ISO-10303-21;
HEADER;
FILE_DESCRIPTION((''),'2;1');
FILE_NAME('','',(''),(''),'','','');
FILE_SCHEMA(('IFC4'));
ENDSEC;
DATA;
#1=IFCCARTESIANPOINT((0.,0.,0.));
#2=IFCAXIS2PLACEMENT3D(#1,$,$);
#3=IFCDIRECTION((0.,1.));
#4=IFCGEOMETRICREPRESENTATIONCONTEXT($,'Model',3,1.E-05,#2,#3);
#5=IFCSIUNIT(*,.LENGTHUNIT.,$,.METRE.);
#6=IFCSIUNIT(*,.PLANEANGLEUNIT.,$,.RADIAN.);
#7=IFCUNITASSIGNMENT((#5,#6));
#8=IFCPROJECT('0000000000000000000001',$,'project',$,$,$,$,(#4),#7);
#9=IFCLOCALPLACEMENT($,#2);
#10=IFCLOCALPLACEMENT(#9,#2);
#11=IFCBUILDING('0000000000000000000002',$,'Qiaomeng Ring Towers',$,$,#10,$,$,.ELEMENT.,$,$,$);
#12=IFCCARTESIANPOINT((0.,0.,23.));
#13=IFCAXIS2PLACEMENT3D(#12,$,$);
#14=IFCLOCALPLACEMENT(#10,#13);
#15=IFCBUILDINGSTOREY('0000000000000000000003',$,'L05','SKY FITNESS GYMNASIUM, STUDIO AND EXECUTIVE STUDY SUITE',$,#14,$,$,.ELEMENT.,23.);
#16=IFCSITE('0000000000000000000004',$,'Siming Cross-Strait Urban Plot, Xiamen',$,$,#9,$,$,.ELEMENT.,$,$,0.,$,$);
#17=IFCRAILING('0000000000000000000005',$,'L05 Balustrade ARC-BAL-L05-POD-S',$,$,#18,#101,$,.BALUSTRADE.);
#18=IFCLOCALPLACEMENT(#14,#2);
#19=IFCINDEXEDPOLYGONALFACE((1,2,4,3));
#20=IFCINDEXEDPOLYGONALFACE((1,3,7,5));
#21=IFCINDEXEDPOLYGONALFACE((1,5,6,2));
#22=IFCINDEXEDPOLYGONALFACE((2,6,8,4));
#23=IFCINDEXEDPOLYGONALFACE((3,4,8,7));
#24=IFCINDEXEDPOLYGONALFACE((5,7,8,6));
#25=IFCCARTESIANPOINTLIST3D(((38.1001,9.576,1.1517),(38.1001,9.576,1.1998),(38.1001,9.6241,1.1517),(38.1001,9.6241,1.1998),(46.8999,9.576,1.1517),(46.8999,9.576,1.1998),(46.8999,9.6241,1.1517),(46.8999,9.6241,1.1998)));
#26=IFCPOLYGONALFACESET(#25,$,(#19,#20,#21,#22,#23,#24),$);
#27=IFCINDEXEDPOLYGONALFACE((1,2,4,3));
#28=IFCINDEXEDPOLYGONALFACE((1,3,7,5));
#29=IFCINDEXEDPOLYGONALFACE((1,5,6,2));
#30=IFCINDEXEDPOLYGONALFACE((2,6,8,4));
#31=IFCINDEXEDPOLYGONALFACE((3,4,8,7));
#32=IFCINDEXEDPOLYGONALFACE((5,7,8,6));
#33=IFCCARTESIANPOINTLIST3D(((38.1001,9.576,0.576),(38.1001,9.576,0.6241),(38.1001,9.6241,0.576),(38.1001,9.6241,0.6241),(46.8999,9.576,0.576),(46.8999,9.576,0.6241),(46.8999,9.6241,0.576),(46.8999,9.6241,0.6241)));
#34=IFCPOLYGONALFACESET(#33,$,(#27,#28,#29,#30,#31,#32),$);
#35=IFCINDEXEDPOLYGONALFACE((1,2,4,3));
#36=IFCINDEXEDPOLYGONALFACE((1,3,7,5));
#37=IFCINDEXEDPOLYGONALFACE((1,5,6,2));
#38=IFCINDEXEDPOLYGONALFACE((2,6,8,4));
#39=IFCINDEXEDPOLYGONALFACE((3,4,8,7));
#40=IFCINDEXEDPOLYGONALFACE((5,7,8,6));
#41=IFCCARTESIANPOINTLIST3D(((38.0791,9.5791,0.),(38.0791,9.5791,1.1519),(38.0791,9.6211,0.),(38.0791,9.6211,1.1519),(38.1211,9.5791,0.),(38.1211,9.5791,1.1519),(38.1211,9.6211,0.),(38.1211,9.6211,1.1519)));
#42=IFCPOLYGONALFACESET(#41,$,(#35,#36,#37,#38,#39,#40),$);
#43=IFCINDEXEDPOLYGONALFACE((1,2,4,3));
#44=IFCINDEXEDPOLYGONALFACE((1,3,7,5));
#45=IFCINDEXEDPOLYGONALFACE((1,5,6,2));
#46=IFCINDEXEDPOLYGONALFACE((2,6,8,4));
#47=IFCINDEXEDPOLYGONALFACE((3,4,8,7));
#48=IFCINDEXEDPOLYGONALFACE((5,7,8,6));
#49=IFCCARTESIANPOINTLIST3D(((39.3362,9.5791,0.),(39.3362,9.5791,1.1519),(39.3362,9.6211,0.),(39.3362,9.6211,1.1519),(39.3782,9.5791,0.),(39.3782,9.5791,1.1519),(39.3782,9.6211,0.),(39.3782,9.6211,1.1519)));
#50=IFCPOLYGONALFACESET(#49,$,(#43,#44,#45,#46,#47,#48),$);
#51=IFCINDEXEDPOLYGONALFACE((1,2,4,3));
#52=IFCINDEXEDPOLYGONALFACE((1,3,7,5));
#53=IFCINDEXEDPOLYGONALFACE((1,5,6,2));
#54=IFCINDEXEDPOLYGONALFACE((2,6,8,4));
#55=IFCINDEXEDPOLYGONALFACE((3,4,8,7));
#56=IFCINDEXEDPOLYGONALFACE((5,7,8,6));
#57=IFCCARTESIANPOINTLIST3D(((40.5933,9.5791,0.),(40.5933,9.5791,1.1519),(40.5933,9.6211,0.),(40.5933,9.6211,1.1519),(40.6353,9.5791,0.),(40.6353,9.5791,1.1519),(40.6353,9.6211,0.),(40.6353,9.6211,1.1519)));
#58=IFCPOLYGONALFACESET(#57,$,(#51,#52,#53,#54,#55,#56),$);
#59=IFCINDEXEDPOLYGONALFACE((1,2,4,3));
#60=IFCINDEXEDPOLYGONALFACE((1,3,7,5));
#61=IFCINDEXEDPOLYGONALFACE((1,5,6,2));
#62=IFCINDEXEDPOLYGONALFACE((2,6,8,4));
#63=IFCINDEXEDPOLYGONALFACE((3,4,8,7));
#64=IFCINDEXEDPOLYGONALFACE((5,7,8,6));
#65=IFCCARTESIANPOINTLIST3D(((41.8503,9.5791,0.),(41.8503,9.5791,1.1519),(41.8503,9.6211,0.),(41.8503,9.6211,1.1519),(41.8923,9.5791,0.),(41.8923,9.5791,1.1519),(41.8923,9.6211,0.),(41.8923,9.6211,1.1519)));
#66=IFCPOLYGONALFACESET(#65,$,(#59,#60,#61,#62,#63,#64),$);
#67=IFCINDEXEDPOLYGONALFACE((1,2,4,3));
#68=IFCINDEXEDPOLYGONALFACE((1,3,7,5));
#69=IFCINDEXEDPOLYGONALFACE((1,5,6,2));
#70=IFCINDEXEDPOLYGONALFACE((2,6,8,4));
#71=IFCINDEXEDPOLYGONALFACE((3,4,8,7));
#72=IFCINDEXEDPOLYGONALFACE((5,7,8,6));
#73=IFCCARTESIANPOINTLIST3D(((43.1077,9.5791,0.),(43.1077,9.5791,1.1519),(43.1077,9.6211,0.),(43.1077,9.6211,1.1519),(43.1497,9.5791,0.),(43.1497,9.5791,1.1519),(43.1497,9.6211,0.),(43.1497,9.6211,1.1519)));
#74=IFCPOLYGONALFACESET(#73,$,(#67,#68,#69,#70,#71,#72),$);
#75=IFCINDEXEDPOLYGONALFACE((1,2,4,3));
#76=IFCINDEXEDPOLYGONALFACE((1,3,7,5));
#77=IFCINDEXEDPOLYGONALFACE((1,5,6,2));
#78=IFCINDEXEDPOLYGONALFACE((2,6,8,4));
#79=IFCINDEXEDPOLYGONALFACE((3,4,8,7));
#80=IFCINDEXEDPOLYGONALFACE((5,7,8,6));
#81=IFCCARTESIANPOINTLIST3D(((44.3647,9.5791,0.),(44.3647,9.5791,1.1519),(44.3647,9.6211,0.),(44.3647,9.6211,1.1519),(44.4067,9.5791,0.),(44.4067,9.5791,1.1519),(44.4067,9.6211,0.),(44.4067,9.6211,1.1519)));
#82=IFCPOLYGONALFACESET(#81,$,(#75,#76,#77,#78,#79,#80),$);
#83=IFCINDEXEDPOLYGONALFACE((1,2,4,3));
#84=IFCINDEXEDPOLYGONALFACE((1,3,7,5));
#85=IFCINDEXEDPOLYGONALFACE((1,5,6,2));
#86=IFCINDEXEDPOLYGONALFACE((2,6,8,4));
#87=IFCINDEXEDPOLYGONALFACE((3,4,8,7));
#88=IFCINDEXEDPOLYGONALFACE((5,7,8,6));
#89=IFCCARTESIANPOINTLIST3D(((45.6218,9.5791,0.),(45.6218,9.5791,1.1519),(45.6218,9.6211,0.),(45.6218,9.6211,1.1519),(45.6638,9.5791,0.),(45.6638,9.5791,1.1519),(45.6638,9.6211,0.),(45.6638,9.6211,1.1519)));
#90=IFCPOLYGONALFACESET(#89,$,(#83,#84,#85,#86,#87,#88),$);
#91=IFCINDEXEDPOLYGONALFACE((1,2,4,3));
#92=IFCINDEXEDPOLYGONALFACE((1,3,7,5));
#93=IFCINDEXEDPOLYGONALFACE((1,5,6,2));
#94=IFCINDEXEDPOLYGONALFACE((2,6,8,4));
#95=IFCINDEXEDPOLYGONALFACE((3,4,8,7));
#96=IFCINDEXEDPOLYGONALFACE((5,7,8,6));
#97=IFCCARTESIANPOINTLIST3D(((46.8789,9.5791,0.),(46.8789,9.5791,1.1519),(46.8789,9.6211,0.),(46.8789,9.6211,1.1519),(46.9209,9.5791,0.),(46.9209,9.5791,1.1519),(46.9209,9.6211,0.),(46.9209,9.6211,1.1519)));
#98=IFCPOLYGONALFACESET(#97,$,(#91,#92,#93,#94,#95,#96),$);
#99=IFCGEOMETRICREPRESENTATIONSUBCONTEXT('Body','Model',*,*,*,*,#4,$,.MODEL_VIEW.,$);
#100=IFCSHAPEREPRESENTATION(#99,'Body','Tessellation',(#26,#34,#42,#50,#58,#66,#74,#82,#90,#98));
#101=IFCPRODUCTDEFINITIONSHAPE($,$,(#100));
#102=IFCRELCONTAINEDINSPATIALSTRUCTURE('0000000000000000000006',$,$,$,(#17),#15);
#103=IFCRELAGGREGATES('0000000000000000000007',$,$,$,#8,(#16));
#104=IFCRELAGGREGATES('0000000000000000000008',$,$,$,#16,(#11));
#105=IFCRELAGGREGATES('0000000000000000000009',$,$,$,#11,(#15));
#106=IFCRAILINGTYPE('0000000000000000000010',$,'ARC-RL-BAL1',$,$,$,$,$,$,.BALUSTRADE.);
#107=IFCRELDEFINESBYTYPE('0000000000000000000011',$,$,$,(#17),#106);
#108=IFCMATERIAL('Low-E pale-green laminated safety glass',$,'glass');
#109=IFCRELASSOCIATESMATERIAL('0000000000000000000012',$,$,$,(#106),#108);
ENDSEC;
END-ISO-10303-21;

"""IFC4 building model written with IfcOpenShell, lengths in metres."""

from ifc_helpers import new_model, si_unit, direction, frame, origin, origin_2d, place, context, subcontext, project, spatial, rectangle, extrude, material, type_object, element, save


model = new_model("IFC4")

# Units and contexts
model_context = context("Model", 3, precision=1e-05, world=origin(), true_north=direction((0.0, 1.0)))
body_context = subcontext(model_context, "Body", "Model", "MODEL_VIEW")
ifc_project = project(units=[si_unit("LENGTHUNIT", "METRE"), si_unit("PLANEANGLEUNIT", "RADIAN")], contexts=[model_context])

# Site, building, storey
site_placement = place(None, origin())
site = spatial("IfcSite", under=ifc_project, at=site_placement, Name="Siming Cross-Strait Urban Plot, Xiamen", CompositionType="ELEMENT", RefElevation=0.0)
building_placement = place(site_placement, origin())
building = spatial("IfcBuilding", under=site, at=building_placement, Name="Qiaomeng Ring Towers", CompositionType="ELEMENT")
storey_placement = place(building_placement, frame((0.0, 0.0, 23.0)))
storey = spatial("IfcBuildingStorey", under=building, at=storey_placement, Name="L05", Description="SKY FITNESS GYMNASIUM, STUDIO AND EXECUTIVE STUDY SUITE", CompositionType="ELEMENT", Elevation=23.0)

# Shared definitions
ifc_material_1 = material(Name="Low-E pale-green laminated safety glass", Category="glass")

# Railing
railing_type = type_object("IfcRailingType", Name="ARC-RL-BAL1", PredefinedType="BALUSTRADE", material=ifc_material_1)
railing_1_placement = place(storey_placement, frame((38.1001, 9.6001, 0.0)))
element("IfcRailing", 1, at=railing_1_placement, inside=storey, type_object=railing_type, Name="L05 Balustrade ARC-BAL-L05-POD-S", PredefinedType="BALUSTRADE", context=body_context, shape_type="SweptSolid", body=[
    extrude(rectangle(XDim=0.0481, YDim=0.0481, at=origin_2d()), frame((0.0, 0.0, 1.1758), z_axis=(1.0, 0.0, 0.0), x_axis=(0.0, 1.0, 0.0)), (0.0, 0.0, 1.0), 8.7998),
    extrude(rectangle(XDim=0.0481, YDim=0.0481, at=origin_2d()), frame((0.0, 0.0, 0.6001), z_axis=(1.0, 0.0, 0.0), x_axis=(0.0, 1.0, 0.0)), (0.0, 0.0, 1.0), 8.7998),
    extrude(rectangle(XDim=0.042, YDim=0.042, at=origin_2d()), origin(), (0.0, 0.0, 1.0), 1.1519),
    extrude(rectangle(XDim=0.042, YDim=0.042, at=origin_2d()), frame((1.2571, 0.0, 0.0)), (0.0, 0.0, 1.0), 1.1519),
    extrude(rectangle(XDim=0.042, YDim=0.042, at=origin_2d()), frame((2.5142, 0.0, 0.0)), (0.0, 0.0, 1.0), 1.1519),
    extrude(rectangle(XDim=0.042, YDim=0.042, at=origin_2d()), frame((3.7712, 0.0, 0.0)), (0.0, 0.0, 1.0), 1.1519),
    extrude(rectangle(XDim=0.042, YDim=0.042, at=origin_2d()), frame((5.0286, 0.0, 0.0)), (0.0, 0.0, 1.0), 1.1519),
    extrude(rectangle(XDim=0.042, YDim=0.042, at=origin_2d()), frame((6.2856, 0.0, 0.0)), (0.0, 0.0, 1.0), 1.1519),
    extrude(rectangle(XDim=0.042, YDim=0.042, at=origin_2d()), frame((7.5427, 0.0, 0.0)), (0.0, 0.0, 1.0), 1.1519),
    extrude(rectangle(XDim=0.042, YDim=0.042, at=origin_2d()), frame((8.7998, 0.0, 0.0)), (0.0, 0.0, 1.0), 1.1519),
])

save(model, "model.ifc")
